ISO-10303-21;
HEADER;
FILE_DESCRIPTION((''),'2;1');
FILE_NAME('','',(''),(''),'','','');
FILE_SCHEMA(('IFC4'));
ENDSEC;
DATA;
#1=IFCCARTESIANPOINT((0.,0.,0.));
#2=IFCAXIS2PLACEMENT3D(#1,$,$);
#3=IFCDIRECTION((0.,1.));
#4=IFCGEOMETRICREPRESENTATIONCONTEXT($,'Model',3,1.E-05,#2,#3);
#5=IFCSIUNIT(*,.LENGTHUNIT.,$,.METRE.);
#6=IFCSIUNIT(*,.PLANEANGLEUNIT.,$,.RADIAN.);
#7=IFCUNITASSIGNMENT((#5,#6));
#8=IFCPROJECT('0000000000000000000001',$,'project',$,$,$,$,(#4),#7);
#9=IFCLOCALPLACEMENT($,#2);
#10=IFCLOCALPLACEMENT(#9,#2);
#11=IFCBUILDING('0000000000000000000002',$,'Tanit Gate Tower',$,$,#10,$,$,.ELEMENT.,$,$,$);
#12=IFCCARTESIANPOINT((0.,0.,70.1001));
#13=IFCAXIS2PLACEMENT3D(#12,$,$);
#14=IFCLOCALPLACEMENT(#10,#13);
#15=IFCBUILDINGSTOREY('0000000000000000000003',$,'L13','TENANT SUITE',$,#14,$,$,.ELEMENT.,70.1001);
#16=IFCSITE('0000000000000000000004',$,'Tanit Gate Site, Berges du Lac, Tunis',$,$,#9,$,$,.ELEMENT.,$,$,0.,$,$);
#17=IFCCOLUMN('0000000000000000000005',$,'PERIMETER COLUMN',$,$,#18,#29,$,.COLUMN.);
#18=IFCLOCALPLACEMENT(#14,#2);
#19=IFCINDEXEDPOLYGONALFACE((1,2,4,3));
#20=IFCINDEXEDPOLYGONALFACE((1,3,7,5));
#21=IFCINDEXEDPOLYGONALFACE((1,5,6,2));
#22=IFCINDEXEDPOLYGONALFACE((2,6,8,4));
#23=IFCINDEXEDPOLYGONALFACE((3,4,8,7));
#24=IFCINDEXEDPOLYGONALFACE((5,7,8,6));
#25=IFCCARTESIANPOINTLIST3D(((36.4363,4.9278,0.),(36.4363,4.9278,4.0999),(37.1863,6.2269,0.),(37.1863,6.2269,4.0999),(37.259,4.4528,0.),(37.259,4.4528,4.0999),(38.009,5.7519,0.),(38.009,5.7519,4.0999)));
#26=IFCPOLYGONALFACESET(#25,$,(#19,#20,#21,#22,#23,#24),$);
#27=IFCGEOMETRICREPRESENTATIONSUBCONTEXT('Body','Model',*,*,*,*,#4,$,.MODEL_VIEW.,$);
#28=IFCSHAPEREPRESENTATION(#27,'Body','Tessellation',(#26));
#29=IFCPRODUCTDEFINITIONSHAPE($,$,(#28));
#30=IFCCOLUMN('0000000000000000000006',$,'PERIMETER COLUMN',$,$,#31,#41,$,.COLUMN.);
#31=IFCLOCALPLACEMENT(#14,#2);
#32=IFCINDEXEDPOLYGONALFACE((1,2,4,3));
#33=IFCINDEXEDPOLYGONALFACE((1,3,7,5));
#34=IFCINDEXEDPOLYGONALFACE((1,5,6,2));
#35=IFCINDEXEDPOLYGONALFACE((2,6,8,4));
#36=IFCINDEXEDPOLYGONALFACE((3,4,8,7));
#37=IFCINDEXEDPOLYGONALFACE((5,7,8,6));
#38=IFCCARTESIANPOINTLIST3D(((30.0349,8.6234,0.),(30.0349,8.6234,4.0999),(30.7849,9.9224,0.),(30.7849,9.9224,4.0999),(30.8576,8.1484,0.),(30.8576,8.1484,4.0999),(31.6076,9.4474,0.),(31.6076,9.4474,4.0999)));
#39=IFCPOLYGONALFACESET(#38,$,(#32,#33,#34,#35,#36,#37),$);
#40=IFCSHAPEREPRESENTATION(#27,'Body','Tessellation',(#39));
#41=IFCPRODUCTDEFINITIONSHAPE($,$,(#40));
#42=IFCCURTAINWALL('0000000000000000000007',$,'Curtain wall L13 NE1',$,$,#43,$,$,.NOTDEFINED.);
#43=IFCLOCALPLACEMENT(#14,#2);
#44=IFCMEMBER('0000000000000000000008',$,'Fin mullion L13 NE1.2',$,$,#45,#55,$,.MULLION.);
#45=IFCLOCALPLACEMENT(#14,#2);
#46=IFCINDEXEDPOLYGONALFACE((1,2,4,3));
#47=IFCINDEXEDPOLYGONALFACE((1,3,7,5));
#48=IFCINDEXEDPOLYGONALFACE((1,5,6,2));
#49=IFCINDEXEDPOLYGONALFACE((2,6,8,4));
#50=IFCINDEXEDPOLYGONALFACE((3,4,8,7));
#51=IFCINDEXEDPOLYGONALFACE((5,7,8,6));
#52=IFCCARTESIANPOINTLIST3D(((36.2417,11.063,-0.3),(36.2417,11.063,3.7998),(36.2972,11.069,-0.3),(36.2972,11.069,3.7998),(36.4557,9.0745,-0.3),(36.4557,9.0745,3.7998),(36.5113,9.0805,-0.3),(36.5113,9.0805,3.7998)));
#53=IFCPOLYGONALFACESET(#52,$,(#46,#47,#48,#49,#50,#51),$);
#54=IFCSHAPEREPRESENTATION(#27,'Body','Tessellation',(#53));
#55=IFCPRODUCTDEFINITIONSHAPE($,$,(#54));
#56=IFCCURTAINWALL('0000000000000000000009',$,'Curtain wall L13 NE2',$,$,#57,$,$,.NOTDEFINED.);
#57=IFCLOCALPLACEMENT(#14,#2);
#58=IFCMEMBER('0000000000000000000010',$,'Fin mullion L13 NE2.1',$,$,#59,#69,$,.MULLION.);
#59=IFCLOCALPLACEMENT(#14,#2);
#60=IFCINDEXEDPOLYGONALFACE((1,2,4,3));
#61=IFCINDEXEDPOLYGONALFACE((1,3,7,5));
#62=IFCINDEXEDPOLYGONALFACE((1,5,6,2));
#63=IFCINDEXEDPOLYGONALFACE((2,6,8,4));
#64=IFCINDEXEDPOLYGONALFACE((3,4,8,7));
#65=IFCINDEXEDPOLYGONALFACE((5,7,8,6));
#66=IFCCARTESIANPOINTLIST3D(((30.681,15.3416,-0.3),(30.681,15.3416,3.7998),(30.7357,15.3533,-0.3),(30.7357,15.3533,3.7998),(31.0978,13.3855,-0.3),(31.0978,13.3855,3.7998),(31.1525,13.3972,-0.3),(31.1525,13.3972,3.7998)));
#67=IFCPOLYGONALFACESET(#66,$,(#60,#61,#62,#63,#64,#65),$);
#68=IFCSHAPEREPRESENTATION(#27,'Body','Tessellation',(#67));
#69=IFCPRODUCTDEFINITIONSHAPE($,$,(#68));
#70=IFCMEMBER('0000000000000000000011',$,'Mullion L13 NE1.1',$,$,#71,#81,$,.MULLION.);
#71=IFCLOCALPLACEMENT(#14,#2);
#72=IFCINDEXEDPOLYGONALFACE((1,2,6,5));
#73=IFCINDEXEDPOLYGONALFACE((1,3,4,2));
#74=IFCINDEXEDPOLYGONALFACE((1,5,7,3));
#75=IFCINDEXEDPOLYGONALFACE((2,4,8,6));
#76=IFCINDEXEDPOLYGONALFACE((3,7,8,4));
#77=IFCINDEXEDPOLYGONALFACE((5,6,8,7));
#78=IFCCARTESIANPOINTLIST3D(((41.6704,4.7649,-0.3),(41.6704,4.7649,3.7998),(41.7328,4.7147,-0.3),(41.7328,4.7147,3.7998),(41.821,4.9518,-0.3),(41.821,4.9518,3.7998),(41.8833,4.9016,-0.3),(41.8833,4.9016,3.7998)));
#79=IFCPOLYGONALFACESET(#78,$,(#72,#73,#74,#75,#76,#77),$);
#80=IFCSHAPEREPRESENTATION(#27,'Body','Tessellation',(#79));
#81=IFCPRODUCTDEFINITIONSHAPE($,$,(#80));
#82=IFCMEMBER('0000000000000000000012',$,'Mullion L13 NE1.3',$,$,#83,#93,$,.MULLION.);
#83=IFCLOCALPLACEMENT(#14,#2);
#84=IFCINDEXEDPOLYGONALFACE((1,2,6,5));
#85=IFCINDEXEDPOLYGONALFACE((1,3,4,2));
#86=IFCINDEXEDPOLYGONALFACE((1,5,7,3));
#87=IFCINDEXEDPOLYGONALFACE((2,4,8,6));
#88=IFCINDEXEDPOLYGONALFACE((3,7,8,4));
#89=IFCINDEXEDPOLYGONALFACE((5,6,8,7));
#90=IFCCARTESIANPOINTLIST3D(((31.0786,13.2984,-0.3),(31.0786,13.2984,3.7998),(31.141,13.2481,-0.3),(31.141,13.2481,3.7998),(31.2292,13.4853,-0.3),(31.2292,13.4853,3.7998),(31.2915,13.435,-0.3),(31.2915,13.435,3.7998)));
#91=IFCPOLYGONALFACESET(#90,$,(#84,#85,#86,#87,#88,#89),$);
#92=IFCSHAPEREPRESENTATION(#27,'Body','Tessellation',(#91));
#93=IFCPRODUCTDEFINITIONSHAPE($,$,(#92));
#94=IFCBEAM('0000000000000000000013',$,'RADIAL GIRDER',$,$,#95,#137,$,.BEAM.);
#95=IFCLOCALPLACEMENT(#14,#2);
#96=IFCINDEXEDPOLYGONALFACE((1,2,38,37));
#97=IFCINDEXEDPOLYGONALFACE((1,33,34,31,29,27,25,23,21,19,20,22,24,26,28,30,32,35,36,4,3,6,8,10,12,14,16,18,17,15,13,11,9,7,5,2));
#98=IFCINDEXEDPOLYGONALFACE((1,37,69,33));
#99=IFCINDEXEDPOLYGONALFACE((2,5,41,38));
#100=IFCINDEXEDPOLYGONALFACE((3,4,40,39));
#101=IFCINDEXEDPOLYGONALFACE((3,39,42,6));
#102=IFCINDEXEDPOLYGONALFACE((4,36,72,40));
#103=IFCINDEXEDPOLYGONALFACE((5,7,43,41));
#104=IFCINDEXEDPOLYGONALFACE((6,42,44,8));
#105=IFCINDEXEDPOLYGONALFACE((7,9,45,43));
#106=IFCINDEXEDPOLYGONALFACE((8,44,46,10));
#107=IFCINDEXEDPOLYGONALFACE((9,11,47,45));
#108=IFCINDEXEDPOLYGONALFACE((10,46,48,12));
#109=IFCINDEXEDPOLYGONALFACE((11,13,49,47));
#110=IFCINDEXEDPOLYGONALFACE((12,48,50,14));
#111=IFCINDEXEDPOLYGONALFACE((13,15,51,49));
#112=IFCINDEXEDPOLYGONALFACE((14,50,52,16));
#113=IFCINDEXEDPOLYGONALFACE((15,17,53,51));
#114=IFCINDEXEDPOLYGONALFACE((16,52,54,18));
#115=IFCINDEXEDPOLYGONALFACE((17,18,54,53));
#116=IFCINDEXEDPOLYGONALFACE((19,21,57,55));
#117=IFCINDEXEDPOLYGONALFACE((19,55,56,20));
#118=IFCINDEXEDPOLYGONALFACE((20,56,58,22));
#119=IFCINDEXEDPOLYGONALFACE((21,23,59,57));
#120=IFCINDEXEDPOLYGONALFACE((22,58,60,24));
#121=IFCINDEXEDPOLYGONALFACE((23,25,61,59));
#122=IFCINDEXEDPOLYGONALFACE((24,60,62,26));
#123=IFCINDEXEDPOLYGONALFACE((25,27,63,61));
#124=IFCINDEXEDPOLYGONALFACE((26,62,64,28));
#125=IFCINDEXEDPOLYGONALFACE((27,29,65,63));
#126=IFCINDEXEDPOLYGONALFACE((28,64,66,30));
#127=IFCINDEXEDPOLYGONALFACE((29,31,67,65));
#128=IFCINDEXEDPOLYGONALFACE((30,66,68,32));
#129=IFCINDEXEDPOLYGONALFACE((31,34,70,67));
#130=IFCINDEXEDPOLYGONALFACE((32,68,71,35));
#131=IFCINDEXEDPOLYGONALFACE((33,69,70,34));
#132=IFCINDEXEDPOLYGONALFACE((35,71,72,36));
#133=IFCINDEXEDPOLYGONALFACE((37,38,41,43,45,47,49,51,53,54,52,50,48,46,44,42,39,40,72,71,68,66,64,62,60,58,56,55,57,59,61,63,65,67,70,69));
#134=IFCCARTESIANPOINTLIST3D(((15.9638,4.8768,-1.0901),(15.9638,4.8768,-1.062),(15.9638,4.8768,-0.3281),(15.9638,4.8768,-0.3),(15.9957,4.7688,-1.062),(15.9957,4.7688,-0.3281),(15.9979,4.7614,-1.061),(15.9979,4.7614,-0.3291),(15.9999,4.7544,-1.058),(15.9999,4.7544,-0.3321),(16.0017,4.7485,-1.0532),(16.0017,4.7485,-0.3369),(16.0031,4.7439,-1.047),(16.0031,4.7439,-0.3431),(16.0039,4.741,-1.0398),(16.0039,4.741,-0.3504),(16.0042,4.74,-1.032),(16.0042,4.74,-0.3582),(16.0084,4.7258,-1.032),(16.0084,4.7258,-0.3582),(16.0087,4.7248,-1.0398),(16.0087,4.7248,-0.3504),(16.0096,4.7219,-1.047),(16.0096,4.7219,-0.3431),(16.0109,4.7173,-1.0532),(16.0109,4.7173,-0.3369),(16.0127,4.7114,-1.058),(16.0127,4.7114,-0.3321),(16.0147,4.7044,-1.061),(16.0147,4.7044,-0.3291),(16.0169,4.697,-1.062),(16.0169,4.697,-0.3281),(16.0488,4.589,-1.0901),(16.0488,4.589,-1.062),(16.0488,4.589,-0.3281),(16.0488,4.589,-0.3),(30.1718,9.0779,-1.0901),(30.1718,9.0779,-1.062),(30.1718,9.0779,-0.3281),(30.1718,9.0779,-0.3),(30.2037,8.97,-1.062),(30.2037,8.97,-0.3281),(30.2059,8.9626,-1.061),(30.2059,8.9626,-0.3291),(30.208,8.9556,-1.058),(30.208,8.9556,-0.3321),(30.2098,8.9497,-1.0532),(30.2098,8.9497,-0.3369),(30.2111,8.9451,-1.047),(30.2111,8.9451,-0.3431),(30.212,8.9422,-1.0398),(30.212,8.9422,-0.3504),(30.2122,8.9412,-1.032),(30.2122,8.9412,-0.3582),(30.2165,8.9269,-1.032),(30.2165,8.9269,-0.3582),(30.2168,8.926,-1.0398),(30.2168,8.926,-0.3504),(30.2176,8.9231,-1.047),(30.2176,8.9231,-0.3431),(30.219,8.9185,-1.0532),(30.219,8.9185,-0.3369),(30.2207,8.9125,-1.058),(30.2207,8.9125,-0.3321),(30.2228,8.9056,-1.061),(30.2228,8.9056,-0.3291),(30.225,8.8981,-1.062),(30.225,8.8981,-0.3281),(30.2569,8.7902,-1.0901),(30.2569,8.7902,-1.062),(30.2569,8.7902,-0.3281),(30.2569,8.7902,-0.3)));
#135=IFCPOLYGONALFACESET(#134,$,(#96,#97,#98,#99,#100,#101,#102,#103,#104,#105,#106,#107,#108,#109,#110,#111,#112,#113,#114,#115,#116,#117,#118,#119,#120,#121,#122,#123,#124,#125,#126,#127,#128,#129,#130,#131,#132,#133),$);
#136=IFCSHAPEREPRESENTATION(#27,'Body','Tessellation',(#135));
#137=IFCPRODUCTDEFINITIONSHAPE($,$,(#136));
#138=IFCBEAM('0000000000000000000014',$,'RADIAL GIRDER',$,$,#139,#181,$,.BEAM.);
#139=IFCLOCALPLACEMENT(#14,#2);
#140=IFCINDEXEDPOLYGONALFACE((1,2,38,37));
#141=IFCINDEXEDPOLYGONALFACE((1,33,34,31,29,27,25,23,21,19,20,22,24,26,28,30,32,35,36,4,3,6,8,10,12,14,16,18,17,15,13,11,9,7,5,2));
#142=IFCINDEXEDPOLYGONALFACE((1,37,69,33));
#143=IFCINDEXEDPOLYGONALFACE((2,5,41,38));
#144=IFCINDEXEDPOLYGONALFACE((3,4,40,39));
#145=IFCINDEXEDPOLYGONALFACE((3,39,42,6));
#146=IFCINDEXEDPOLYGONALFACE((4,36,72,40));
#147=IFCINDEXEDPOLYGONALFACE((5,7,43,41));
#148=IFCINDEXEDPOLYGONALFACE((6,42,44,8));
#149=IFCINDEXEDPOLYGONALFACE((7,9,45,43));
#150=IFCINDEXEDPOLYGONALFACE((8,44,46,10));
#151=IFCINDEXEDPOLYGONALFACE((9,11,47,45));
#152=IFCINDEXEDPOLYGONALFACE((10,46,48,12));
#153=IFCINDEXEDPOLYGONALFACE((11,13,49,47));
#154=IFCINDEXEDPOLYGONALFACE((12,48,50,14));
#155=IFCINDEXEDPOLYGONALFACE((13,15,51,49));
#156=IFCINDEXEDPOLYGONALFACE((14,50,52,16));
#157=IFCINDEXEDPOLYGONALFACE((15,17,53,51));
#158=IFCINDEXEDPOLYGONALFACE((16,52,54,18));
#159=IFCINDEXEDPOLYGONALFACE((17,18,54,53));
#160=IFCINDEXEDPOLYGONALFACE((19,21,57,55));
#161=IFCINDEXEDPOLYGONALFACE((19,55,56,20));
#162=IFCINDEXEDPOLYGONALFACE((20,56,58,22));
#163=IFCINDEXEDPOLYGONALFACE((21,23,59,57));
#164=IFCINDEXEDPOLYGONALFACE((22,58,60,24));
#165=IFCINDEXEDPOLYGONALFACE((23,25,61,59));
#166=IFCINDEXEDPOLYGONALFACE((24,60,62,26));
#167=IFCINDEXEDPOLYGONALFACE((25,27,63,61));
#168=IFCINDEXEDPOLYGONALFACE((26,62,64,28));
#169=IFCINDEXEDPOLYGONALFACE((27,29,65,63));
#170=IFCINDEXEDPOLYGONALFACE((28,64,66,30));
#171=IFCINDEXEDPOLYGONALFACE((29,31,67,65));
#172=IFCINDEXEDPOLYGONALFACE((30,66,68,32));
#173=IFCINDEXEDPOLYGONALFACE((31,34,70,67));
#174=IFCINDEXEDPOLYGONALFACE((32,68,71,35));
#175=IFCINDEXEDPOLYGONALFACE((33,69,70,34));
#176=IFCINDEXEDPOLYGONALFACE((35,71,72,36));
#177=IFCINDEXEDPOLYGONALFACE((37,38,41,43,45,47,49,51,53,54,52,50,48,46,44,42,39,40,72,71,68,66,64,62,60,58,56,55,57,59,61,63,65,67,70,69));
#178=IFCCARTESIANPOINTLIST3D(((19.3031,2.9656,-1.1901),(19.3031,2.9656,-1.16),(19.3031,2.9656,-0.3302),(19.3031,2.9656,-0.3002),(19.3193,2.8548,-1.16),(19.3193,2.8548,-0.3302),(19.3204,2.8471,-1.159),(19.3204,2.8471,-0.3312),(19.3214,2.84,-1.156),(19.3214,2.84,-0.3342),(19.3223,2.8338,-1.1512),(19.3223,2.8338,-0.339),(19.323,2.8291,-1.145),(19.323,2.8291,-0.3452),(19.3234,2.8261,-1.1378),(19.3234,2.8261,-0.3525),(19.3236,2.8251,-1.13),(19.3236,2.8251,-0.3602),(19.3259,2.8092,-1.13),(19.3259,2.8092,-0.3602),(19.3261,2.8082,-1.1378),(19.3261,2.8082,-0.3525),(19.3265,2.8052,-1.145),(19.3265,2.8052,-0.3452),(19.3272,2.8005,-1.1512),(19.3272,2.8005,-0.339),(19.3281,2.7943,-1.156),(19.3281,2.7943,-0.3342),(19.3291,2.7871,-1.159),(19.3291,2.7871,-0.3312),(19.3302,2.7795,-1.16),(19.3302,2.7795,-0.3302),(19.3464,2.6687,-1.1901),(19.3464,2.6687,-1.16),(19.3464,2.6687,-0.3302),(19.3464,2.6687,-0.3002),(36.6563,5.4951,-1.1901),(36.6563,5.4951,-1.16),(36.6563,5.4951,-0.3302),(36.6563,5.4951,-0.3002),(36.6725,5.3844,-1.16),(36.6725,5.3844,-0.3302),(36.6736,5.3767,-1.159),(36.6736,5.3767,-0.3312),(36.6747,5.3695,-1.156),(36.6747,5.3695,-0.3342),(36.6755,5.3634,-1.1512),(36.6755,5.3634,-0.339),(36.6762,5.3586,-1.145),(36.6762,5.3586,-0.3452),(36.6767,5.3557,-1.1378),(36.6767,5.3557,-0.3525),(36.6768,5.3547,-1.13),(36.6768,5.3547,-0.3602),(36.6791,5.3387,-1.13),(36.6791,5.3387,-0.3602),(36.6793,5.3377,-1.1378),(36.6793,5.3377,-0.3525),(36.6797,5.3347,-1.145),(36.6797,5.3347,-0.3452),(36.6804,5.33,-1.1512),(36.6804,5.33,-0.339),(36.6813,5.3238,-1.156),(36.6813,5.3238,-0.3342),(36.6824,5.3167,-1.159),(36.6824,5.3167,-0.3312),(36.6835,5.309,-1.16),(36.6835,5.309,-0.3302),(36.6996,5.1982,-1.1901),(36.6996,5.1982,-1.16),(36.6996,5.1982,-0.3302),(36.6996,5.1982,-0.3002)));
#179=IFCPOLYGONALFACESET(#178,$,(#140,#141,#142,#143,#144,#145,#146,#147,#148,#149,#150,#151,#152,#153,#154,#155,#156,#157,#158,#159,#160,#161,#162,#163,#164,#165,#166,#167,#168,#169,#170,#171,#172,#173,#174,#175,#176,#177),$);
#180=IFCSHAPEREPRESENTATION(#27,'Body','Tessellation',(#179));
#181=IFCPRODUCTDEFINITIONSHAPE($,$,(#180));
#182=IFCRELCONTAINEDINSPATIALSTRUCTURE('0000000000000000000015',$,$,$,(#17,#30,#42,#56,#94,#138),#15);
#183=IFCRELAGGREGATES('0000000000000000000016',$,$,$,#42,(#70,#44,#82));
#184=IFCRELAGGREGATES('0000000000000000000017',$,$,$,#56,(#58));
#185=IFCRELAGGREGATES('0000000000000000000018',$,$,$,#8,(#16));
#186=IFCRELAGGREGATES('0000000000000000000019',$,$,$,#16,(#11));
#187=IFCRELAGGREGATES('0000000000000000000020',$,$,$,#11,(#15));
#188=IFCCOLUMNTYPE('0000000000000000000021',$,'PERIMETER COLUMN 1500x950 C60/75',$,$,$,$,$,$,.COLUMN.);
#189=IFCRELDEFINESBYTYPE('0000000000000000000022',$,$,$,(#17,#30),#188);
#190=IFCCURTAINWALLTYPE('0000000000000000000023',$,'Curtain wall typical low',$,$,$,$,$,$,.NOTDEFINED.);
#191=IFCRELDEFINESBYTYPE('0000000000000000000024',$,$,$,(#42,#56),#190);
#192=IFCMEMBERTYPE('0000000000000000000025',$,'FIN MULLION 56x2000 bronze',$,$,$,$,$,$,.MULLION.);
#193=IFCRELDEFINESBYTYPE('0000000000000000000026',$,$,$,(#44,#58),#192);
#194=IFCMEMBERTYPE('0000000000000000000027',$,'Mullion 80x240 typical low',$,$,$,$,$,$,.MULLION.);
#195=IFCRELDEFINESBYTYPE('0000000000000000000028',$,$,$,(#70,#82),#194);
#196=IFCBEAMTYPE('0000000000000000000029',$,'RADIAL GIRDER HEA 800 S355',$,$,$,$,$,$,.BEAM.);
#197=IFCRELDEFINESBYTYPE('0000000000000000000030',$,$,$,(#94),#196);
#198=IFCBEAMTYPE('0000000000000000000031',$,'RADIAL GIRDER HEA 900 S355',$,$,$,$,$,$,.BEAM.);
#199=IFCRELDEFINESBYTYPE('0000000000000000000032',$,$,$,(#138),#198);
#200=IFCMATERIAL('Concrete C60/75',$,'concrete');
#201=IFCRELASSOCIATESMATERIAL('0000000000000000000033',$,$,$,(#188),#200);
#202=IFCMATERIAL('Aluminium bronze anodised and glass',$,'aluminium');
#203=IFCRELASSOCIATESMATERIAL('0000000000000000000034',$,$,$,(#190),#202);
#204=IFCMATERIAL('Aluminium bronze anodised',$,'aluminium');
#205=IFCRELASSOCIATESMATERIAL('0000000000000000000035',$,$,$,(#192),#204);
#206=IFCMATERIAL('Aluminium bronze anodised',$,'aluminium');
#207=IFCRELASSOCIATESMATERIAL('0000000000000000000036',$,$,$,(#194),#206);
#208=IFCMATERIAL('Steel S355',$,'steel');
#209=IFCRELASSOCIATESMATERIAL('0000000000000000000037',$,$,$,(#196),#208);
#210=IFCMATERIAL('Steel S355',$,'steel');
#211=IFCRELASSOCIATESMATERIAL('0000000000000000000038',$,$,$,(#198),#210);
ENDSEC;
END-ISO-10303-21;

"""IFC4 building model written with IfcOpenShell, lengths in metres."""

from ifc_helpers import new_model, si_unit, direction, frame, origin, origin_2d, place, context, subcontext, project, spatial, rectangle, i_section, extrude, material, material_profile, profile_set, type_object, element, aggregate, save


model = new_model("IFC4")

# Units and contexts
model_context = context("Model", 3, precision=1e-05, world=origin(), true_north=direction((0.0, 1.0)))
body_context = subcontext(model_context, "Body", "Model", "MODEL_VIEW")
ifc_project = project(units=[si_unit("LENGTHUNIT", "METRE"), si_unit("PLANEANGLEUNIT", "RADIAN")], contexts=[model_context])

# Site, building, storey
site_placement = place(None, origin())
site = spatial("IfcSite", under=ifc_project, at=site_placement, Name="Tanit Gate Site, Berges du Lac, Tunis", CompositionType="ELEMENT", RefElevation=0.0)
building_placement = place(site_placement, origin())
building = spatial("IfcBuilding", under=site, at=building_placement, Name="Tanit Gate Tower", CompositionType="ELEMENT")
storey_placement = place(building_placement, frame((0.0, 0.0, 70.1001)))
storey = spatial("IfcBuildingStorey", under=building, at=storey_placement, Name="L13", Description="TENANT SUITE", CompositionType="ELEMENT", Elevation=70.1001)

# Columns
ifc_material_1 = material(Name="Concrete C60/75", Category="concrete")
ifc_material_profile_1 = material_profile(ifc_material_1, rectangle(XDim=1.5, YDim=0.95, at=origin_2d()), Name="RC 1500x950")
ifc_profile_set_1 = profile_set([ifc_material_profile_1], Name="Concrete C60/75")
column_type = type_object("IfcColumnType", Name="PERIMETER COLUMN 1500x950 C60/75", PredefinedType="COLUMN", material=ifc_profile_set_1)
for number, where, z_axis, x_axis, name in (
    (1, (37.2227, 5.3398, 0.0), (0.0, 0.0, 1.0), (0.5, 0.866025, 0.0), "PERIMETER COLUMN"),
    (2, (30.8213, 9.0354, 0.0), (0.0, 0.0, 1.0), (0.5, 0.866025, 0.0), "PERIMETER COLUMN"),
):
    element("IfcColumn", number, at=place(storey_placement, frame(where, z_axis=z_axis, x_axis=x_axis)), inside=storey, type_object=column_type, Name=name, PredefinedType="COLUMN", context=body_context, shape_type="SweptSolid", body=[
        extrude(rectangle(XDim=1.5, YDim=0.95, at=origin_2d()), origin(), (0.0, 0.0, 1.0), 4.0999),
    ])

# Curtain walls, members
ifc_material_2 = material(Name="Aluminium bronze anodised and glass", Category="aluminium")
curtain_wall_type = type_object("IfcCurtainWallType", Name="Curtain wall typical low", PredefinedType="NOTDEFINED", material=ifc_material_2)
curtain_wall_1_placement = place(storey_placement, origin())
curtain_wall_1 = element("IfcCurtainWall", 3, at=curtain_wall_1_placement, inside=storey, type_object=curtain_wall_type, Name="Curtain wall L13 NE1", PredefinedType="NOTDEFINED")
ifc_material_3 = material(Name="Aluminium bronze anodised", Category="aluminium")
ifc_material_profile_2 = material_profile(ifc_material_3, rectangle(XDim=2.0, YDim=0.0559, at=origin_2d()), Name="56x2000 bronze fin mullion")
ifc_profile_set_2 = profile_set([ifc_material_profile_2], Name="Aluminium bronze anodised")
member_type_1 = type_object("IfcMemberType", Name="FIN MULLION 56x2000 bronze", PredefinedType="MULLION", material=ifc_profile_set_2)
member_1_placement = place(storey_placement, frame((36.3765, 10.0718, -0.3), z_axis=(0.0, 0.0, 1.0), x_axis=(0.107017, -0.994257, 0.0)))
member_1 = element("IfcMember", 4, at=member_1_placement, type_object=member_type_1, Name="Fin mullion L13 NE1.2", PredefinedType="MULLION", context=body_context, shape_type="SweptSolid", body=[
    extrude(rectangle(XDim=2.0, YDim=0.0559, at=origin_2d()), origin(), (0.0, 0.0, 1.0), 4.0999),
])
curtain_wall_2_placement = place(storey_placement, origin())
curtain_wall_2 = element("IfcCurtainWall", 5, at=curtain_wall_2_placement, inside=storey, type_object=curtain_wall_type, Name="Curtain wall L13 NE2", PredefinedType="NOTDEFINED")
member_2_placement = place(storey_placement, frame((30.9167, 14.3694, -0.3), z_axis=(0.0, 0.0, 1.0), x_axis=(0.208373, -0.978049, 0.0)))
member_2 = element("IfcMember", 6, at=member_2_placement, type_object=member_type_1, Name="Fin mullion L13 NE2.1", PredefinedType="MULLION", context=body_context, shape_type="SweptSolid", body=[
    extrude(rectangle(XDim=2.0, YDim=0.0559, at=origin_2d()), origin(), (0.0, 0.0, 1.0), 4.0999),
])

# Members
ifc_material_4 = material(Name="Aluminium bronze anodised", Category="aluminium")
ifc_material_profile_3 = material_profile(ifc_material_4, rectangle(XDim=0.24, YDim=0.0801, at=origin_2d()), Name="80x240 bronze mullion")
ifc_profile_set_3 = profile_set([ifc_material_profile_3], Name="Aluminium bronze anodised")
member_type_2 = type_object("IfcMemberType", Name="Mullion 80x240 typical low", PredefinedType="MULLION", material=ifc_profile_set_3)
member_3_placement = place(storey_placement, frame((41.7769, 4.8333, -0.3), z_axis=(0.0, 0.0, 1.0), x_axis=(-0.627374, -0.778718, 0.0)))
member_3 = element("IfcMember", 7, at=member_3_placement, type_object=member_type_2, Name="Mullion L13 NE1.1", PredefinedType="MULLION", context=body_context, shape_type="SweptSolid", body=[
    extrude(rectangle(XDim=0.24, YDim=0.0801, at=origin_2d()), origin(), (0.0, 0.0, 1.0), 4.0999),
])
member_4_placement = place(storey_placement, frame((31.1851, 13.3667, -0.3), z_axis=(0.0, 0.0, 1.0), x_axis=(-0.627374, -0.778718, 0.0)))
member_4 = element("IfcMember", 8, at=member_4_placement, type_object=member_type_2, Name="Mullion L13 NE1.3", PredefinedType="MULLION", context=body_context, shape_type="SweptSolid", body=[
    extrude(rectangle(XDim=0.24, YDim=0.0801, at=origin_2d()), origin(), (0.0, 0.0, 1.0), 4.0999),
])

# Beams
ifc_material_5 = material(Name="Steel S355", Category="steel")
ifc_material_profile_4 = material_profile(ifc_material_5, i_section(OverallWidth=0.3, OverallDepth=0.79, WebThickness=0.0149, FlangeThickness=0.0281, FilletRadius=0.03, at=origin_2d()), Name="HEA 800")
ifc_profile_set_4 = profile_set([ifc_material_profile_4], Name="Steel S355")
beam_type_1 = type_object("IfcBeamType", Name="RADIAL GIRDER HEA 800 S355", PredefinedType="BEAM", material=ifc_profile_set_4)
beam_1_placement = place(storey_placement, frame((30.2144, 8.9341, -0.6951), z_axis=(-0.958956, -0.283554, 0.0), x_axis=(0.283554, -0.958956, 0.0)))
element("IfcBeam", 9, at=beam_1_placement, inside=storey, type_object=beam_type_1, Name="RADIAL GIRDER", PredefinedType="BEAM", context=body_context, shape_type="SweptSolid", body=[
    extrude(i_section(OverallWidth=0.3, OverallDepth=0.79, WebThickness=0.0149, FlangeThickness=0.0281, FilletRadius=0.03, at=origin_2d()), origin(), (0.0, 0.0, 1.0), 14.8162),
])
ifc_material_6 = material(Name="Steel S355", Category="steel")
ifc_material_profile_5 = material_profile(ifc_material_6, i_section(OverallWidth=0.3, OverallDepth=0.8899, WebThickness=0.0161, FlangeThickness=0.03, FilletRadius=0.03, at=origin_2d()), Name="HEA 900")
ifc_profile_set_5 = profile_set([ifc_material_profile_5], Name="Steel S355")
beam_type_2 = type_object("IfcBeamType", Name="RADIAL GIRDER HEA 900 S355", PredefinedType="BEAM", material=ifc_profile_set_5)
beam_2_placement = place(storey_placement, frame((36.678, 5.3467, -0.7451), z_axis=(-0.989542, -0.144243, 0.0), x_axis=(0.144243, -0.989542, 0.0)))
element("IfcBeam", 10, at=beam_2_placement, inside=storey, type_object=beam_type_2, Name="RADIAL GIRDER", PredefinedType="BEAM", context=body_context, shape_type="SweptSolid", body=[
    extrude(i_section(OverallWidth=0.3, OverallDepth=0.8899, WebThickness=0.0161, FlangeThickness=0.03, FilletRadius=0.03, at=origin_2d()), origin(), (0.0, 0.0, 1.0), 17.5366),
])

aggregate(curtain_wall_1, [member_3, member_1, member_4])
aggregate(curtain_wall_2, [member_2])

save(model, "model.ifc")
